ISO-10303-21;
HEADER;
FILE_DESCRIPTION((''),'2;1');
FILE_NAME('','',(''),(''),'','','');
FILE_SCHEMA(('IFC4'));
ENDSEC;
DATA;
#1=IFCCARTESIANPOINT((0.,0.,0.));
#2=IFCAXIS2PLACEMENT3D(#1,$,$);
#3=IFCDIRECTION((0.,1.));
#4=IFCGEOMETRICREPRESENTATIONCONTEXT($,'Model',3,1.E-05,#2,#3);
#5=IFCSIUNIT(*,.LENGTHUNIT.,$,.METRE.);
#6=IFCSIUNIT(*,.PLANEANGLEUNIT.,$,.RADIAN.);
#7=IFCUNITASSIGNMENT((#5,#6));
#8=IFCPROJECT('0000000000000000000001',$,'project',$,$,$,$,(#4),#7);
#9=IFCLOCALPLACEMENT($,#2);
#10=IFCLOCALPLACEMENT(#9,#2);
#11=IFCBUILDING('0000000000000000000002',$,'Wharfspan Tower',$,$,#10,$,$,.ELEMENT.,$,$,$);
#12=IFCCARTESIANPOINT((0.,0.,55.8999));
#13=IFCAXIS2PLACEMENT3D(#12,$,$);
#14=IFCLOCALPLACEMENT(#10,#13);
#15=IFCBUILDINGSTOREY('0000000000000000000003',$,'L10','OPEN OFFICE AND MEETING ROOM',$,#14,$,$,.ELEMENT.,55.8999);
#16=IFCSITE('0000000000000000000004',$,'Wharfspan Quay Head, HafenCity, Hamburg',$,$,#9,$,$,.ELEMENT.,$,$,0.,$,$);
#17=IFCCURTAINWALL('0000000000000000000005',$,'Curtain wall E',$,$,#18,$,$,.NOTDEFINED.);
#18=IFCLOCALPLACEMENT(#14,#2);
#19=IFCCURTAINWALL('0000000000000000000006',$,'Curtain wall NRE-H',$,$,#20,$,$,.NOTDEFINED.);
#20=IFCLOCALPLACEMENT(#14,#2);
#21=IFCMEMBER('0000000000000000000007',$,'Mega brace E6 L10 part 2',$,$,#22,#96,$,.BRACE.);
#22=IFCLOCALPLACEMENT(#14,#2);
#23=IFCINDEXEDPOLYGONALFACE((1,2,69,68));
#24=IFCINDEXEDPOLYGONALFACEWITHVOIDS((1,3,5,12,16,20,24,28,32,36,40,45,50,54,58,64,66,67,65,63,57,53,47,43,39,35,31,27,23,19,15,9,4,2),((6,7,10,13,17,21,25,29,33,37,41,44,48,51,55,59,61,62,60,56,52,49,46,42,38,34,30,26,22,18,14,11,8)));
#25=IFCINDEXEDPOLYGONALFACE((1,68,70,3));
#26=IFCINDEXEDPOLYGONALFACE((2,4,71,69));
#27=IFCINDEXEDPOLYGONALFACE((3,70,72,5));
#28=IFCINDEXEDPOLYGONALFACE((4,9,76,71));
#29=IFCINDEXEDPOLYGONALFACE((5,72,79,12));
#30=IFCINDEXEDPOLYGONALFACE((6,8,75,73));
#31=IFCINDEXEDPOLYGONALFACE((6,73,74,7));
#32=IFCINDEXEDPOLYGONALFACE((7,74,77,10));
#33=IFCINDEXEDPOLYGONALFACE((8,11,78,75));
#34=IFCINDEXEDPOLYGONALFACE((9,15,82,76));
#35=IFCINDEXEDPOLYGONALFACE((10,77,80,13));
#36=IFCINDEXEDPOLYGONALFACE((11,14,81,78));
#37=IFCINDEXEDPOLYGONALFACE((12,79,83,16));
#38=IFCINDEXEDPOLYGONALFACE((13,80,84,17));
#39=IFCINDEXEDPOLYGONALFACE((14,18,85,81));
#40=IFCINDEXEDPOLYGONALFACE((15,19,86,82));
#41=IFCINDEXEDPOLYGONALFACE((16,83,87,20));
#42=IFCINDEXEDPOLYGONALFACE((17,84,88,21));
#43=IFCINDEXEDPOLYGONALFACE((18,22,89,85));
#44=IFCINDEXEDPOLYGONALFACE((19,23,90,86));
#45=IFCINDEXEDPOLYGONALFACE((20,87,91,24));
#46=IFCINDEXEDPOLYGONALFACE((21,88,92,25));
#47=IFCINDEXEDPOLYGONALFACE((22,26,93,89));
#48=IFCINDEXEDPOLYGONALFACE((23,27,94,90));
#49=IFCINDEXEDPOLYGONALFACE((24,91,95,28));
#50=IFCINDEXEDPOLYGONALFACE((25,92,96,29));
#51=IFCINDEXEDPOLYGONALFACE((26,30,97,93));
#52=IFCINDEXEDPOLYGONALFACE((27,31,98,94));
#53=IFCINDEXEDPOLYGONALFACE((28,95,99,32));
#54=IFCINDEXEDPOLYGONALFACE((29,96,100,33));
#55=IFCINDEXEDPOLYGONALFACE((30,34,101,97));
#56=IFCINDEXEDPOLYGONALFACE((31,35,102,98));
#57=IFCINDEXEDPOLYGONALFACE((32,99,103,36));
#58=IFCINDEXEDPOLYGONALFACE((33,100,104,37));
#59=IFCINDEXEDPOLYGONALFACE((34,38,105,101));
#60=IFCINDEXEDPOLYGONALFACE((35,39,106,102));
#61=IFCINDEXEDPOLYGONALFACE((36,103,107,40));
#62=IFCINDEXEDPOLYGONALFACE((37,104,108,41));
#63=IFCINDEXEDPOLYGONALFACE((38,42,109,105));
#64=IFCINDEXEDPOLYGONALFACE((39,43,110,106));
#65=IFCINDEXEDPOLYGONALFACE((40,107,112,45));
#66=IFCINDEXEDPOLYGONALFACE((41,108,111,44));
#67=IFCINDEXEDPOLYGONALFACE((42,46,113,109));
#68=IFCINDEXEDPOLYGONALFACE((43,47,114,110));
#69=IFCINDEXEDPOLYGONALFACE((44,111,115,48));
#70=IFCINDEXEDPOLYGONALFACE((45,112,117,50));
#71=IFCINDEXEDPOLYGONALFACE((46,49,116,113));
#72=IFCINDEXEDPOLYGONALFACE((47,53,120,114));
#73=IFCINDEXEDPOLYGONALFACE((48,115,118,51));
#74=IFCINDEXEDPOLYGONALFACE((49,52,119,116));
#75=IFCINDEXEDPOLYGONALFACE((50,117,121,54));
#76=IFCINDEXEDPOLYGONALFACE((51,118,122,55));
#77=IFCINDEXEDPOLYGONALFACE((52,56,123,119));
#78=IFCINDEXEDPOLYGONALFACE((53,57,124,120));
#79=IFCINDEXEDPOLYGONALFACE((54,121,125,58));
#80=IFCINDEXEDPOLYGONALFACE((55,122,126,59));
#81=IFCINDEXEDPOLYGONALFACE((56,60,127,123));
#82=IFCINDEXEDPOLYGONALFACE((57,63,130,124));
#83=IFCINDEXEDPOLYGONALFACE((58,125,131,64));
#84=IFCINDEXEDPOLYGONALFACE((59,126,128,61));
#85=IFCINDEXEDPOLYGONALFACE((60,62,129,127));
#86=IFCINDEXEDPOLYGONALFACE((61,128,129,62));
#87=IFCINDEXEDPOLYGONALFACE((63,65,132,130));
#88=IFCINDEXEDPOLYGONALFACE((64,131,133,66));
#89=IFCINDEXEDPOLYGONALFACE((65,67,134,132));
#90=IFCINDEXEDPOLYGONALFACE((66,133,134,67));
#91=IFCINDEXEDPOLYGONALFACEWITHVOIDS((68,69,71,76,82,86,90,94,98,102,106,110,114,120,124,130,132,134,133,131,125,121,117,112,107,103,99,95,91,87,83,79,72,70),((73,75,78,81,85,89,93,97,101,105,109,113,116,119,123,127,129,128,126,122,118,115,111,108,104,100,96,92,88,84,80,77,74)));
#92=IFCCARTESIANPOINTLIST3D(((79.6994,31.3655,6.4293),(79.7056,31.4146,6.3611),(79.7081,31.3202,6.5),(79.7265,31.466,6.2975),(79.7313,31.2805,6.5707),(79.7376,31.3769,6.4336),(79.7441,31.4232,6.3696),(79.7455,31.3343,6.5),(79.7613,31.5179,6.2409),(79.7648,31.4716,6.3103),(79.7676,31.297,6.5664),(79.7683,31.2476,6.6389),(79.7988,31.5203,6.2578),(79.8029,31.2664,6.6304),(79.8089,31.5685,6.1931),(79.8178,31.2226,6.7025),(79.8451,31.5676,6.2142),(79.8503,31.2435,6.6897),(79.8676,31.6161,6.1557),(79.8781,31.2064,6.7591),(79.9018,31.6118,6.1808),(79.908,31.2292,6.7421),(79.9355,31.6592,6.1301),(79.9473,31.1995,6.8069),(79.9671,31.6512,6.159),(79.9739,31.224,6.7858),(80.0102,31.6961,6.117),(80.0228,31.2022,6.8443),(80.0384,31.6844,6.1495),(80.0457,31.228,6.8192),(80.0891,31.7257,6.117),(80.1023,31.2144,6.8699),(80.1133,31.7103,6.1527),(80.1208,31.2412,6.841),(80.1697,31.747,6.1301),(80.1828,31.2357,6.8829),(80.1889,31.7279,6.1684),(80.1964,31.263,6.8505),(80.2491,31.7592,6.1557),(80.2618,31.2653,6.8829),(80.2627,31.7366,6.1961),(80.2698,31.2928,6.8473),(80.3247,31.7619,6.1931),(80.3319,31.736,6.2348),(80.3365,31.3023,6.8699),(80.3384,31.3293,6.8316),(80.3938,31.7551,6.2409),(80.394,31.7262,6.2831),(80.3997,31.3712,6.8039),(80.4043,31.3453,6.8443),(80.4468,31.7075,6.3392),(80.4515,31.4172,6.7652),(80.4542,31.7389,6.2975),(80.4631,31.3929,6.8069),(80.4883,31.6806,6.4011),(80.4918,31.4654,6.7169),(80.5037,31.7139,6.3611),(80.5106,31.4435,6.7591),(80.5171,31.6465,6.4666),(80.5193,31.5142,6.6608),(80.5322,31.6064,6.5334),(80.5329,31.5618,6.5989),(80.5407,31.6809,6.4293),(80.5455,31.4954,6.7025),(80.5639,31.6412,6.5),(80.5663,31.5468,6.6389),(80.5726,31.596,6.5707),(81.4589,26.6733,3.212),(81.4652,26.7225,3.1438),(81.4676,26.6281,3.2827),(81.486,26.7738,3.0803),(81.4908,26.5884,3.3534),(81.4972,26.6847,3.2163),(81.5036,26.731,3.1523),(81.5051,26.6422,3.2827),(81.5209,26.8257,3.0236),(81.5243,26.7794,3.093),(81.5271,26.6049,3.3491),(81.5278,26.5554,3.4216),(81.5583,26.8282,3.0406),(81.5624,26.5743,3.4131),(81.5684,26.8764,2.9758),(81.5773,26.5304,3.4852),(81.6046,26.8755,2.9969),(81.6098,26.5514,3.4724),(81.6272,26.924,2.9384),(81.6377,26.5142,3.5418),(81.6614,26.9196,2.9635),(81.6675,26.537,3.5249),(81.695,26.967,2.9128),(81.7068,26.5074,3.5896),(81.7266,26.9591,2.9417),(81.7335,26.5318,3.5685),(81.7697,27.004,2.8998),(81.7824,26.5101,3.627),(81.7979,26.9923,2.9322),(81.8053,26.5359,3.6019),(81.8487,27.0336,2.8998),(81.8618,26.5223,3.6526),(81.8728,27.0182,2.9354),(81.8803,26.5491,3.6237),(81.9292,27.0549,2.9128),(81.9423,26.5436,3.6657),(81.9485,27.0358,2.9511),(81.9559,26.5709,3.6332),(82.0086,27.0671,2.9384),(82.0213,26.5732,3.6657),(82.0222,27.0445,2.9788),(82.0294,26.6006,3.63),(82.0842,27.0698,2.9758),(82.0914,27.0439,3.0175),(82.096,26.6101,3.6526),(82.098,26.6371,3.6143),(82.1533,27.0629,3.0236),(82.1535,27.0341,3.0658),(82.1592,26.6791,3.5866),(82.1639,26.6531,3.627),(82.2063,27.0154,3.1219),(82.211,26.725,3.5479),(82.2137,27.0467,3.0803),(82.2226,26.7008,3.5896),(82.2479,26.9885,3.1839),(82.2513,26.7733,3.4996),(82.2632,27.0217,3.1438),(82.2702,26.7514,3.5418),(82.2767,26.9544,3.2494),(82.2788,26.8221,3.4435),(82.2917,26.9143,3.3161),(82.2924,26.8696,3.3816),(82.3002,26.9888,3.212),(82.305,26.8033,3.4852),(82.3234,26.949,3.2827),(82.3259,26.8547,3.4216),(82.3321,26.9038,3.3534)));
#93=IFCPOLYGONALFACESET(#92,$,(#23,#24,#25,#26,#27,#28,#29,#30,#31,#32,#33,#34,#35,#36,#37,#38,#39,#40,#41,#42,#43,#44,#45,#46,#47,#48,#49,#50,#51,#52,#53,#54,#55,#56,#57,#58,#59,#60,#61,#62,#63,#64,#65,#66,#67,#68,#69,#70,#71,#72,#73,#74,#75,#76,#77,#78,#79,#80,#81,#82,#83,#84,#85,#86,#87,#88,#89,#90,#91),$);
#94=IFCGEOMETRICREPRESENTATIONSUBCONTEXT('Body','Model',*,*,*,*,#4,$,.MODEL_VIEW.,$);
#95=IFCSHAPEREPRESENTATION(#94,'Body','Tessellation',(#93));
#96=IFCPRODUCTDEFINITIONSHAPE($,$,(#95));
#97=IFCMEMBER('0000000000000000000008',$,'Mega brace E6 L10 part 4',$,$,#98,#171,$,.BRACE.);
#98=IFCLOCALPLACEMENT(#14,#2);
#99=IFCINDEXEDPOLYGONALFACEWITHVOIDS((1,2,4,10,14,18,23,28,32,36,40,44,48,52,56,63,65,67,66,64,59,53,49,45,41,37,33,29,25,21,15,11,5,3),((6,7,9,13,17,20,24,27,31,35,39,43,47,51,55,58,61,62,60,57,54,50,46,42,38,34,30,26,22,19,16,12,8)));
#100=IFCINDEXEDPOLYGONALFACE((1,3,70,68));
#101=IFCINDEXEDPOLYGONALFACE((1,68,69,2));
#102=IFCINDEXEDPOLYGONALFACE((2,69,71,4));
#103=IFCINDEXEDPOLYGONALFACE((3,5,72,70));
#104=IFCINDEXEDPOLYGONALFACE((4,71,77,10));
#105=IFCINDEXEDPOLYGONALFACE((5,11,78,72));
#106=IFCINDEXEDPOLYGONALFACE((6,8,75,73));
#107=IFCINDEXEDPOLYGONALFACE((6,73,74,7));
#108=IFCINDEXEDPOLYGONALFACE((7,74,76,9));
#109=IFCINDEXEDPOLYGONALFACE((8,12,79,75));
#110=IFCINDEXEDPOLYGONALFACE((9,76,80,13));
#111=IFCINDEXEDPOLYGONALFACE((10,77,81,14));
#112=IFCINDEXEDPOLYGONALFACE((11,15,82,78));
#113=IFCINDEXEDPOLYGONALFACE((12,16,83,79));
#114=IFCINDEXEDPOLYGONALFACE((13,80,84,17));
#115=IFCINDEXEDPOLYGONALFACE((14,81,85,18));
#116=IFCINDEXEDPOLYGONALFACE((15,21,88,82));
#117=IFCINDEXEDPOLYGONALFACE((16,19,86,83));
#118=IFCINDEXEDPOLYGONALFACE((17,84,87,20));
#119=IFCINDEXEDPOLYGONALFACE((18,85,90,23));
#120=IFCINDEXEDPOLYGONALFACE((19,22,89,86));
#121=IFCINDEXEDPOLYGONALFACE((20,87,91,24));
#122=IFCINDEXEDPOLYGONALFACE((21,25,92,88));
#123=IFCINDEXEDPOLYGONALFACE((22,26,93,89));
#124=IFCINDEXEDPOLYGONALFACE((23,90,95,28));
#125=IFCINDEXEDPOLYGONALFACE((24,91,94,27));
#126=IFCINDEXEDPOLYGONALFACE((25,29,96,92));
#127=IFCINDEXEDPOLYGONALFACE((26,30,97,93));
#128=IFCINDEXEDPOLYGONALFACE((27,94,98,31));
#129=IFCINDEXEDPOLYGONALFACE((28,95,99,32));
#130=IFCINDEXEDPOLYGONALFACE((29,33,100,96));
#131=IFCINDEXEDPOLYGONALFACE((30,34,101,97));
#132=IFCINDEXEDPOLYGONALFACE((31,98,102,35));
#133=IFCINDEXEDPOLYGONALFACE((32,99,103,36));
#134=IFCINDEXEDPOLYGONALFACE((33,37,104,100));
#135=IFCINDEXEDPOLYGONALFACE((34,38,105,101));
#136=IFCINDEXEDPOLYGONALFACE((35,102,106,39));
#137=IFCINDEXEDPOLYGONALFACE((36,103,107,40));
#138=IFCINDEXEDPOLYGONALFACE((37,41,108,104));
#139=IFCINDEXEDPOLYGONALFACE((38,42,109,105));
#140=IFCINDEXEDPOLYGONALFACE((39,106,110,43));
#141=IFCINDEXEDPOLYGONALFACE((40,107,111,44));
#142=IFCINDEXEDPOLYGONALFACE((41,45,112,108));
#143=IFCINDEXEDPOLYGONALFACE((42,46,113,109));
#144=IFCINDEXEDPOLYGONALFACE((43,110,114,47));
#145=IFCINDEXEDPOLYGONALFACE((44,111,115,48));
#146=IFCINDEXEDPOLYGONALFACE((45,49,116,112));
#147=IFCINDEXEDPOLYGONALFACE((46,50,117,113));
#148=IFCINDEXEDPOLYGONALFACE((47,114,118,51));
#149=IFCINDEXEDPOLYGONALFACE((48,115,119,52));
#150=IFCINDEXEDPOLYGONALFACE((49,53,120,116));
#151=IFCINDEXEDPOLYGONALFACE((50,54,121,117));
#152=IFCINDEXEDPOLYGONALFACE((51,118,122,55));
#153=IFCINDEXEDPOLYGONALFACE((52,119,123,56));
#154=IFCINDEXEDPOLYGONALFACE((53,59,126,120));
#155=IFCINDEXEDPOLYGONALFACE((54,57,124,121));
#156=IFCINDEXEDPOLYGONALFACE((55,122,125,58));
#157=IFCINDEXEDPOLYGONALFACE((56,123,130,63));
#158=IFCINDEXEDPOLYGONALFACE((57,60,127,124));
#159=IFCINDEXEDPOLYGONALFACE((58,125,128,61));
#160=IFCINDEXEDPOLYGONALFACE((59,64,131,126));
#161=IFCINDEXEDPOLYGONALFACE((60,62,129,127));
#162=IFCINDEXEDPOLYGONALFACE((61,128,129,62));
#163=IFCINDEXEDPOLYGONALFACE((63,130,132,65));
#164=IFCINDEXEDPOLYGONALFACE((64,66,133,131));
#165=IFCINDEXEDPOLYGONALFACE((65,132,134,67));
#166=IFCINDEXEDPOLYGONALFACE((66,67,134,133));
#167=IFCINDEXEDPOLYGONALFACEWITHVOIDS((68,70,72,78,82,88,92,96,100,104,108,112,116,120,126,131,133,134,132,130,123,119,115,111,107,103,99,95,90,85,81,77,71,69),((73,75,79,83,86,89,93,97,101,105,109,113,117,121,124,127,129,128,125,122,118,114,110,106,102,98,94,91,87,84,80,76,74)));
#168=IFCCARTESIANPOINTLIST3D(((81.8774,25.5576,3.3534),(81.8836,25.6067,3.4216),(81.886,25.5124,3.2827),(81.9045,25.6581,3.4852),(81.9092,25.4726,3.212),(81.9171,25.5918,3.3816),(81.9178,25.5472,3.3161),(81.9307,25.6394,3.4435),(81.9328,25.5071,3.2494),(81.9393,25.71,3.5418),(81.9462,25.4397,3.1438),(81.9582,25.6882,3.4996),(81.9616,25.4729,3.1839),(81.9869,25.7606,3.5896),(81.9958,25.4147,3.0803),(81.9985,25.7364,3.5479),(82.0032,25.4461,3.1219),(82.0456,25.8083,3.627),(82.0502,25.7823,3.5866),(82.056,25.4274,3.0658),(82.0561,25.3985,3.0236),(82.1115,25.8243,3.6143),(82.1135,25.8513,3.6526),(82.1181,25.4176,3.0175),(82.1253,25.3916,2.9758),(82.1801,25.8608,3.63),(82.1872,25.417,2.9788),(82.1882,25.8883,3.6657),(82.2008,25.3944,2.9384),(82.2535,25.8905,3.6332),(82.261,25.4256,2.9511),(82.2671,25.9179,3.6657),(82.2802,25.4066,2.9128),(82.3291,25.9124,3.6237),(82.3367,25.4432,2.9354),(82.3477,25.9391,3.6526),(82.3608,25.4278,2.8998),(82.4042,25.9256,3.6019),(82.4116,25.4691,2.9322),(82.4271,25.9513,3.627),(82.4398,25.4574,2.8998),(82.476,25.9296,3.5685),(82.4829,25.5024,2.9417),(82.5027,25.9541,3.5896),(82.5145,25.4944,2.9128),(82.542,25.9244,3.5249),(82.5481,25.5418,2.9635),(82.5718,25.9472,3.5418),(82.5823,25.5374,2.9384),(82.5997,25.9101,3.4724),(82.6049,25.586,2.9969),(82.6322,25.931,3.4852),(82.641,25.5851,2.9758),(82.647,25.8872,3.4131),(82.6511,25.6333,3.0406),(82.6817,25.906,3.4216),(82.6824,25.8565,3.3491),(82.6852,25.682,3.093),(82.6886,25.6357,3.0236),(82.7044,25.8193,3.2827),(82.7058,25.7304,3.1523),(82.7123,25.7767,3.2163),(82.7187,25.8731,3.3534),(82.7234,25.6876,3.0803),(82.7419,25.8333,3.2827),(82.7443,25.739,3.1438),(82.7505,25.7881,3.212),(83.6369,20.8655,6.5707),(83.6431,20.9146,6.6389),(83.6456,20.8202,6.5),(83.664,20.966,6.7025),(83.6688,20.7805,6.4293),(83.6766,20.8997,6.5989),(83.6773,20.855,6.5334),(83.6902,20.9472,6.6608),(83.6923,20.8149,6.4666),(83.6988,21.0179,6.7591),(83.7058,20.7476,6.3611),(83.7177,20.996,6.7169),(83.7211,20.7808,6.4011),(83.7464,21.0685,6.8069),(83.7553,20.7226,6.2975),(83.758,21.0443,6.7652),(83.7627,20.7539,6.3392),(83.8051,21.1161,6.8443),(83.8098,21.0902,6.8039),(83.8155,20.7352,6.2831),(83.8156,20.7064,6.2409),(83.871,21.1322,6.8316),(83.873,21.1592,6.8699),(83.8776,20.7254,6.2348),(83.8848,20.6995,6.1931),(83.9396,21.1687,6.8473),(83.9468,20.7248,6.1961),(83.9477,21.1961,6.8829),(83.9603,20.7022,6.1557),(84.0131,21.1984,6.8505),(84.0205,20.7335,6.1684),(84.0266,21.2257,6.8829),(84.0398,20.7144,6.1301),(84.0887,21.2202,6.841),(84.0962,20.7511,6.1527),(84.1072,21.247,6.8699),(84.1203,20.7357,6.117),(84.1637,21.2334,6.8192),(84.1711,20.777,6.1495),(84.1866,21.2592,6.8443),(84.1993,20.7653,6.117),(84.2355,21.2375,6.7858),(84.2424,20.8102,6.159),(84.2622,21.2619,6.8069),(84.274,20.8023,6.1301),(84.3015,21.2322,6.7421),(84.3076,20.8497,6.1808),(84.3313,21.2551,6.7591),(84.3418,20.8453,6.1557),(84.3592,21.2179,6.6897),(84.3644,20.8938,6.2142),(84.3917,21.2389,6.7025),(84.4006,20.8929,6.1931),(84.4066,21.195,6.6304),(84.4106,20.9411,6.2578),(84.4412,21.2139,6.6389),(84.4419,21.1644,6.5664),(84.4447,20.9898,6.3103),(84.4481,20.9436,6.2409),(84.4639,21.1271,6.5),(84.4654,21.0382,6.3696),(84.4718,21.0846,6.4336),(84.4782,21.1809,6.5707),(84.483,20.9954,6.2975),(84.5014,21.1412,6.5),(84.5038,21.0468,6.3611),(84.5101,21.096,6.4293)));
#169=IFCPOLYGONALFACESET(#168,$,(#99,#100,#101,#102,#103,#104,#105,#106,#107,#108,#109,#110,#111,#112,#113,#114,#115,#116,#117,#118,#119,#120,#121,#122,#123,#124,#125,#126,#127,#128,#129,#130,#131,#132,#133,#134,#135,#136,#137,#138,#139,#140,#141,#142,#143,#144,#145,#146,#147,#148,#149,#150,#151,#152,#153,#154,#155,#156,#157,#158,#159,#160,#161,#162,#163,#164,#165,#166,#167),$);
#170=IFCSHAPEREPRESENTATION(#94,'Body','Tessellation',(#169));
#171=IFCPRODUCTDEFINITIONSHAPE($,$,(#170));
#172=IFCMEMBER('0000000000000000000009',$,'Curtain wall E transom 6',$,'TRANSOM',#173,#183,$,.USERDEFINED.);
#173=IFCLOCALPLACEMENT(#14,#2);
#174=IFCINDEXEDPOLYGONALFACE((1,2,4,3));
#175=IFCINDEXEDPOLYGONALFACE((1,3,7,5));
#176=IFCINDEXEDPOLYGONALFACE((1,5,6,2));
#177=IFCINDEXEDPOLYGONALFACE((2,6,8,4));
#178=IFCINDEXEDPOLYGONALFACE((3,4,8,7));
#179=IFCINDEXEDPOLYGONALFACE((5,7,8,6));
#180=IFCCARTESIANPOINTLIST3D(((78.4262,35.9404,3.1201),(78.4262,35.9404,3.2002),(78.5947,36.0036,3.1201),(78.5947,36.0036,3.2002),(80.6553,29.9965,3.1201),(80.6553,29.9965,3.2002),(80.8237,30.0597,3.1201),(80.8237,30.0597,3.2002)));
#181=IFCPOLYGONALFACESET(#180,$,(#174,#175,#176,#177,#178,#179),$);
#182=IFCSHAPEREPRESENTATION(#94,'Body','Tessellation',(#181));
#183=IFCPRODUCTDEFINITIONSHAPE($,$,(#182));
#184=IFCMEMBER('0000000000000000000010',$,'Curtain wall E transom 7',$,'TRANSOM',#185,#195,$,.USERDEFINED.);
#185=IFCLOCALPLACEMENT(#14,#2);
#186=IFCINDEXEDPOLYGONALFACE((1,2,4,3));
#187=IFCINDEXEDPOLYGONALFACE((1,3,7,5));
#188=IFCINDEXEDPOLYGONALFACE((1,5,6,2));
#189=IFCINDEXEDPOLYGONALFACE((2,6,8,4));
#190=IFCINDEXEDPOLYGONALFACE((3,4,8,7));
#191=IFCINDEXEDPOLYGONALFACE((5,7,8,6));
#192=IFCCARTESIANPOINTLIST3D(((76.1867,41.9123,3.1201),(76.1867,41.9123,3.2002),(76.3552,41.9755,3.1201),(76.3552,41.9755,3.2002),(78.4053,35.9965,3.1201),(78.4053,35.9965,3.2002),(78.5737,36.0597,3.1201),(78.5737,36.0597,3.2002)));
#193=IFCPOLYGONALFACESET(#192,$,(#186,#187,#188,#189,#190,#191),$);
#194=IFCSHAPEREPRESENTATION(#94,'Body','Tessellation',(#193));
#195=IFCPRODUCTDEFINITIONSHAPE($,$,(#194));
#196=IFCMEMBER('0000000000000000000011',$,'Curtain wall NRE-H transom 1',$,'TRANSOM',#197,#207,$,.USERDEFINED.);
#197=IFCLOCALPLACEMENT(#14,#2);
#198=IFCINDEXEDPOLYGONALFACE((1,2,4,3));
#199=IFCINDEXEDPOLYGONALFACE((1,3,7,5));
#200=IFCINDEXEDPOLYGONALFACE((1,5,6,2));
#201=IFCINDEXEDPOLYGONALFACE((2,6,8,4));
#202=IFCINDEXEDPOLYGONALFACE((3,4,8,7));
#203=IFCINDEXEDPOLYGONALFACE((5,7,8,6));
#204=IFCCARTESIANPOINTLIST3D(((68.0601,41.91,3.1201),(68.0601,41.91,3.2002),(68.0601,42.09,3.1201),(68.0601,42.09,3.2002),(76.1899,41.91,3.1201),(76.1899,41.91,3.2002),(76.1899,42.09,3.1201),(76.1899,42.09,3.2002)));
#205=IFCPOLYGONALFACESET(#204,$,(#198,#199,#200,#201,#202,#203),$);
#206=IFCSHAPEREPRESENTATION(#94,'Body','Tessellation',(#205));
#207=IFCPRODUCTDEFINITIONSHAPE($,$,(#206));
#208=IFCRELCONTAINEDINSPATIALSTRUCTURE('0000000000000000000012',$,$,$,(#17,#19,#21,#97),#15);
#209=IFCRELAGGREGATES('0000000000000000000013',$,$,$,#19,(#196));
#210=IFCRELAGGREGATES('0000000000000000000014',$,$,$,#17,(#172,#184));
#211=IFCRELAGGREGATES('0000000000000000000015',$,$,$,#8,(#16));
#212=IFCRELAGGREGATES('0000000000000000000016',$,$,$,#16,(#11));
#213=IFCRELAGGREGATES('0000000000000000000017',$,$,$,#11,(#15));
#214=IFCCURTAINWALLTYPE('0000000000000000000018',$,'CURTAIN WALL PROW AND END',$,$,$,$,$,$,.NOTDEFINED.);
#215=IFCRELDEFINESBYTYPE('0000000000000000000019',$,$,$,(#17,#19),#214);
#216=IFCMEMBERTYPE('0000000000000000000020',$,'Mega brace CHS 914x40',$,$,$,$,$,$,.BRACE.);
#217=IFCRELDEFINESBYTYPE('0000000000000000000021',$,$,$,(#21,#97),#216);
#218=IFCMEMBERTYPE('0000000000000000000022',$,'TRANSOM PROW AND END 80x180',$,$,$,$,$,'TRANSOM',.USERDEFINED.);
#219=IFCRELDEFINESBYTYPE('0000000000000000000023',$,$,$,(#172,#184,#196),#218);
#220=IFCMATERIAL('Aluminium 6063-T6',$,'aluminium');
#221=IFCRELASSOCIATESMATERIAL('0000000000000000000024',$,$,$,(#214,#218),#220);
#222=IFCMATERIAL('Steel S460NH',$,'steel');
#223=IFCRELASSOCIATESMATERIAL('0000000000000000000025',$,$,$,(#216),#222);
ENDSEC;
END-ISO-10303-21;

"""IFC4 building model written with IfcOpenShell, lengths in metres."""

from ifc_helpers import new_model, si_unit, direction, frame, origin, origin_2d, place, context, subcontext, project, spatial, rectangle, hollow_circle, extrude, material, material_profile, profile_set, type_object, element, aggregate, save


model = new_model("IFC4")

# Units and contexts
model_context = context("Model", 3, precision=1e-05, world=origin(), true_north=direction((0.0, 1.0)))
body_context = subcontext(model_context, "Body", "Model", "MODEL_VIEW")
ifc_project = project(units=[si_unit("LENGTHUNIT", "METRE"), si_unit("PLANEANGLEUNIT", "RADIAN")], contexts=[model_context])

# Site, building, storey
site_placement = place(None, origin())
site = spatial("IfcSite", under=ifc_project, at=site_placement, Name="Wharfspan Quay Head, HafenCity, Hamburg", CompositionType="ELEMENT", RefElevation=0.0)
building_placement = place(site_placement, origin())
building = spatial("IfcBuilding", under=site, at=building_placement, Name="Wharfspan Tower", CompositionType="ELEMENT")
storey_placement = place(building_placement, frame((0.0, 0.0, 55.8999)))
storey = spatial("IfcBuildingStorey", under=building, at=storey_placement, Name="L10", Description="OPEN OFFICE AND MEETING ROOM", CompositionType="ELEMENT", Elevation=55.8999)

# Curtain wall
ifc_material_1 = material(Name="Aluminium 6063-T6", Category="aluminium")
curtain_wall_type = type_object("IfcCurtainWallType", Name="CURTAIN WALL PROW AND END", PredefinedType="NOTDEFINED", material=ifc_material_1)
curtain_wall_1_placement = place(storey_placement, origin())
curtain_wall_1 = element("IfcCurtainWall", 1, at=curtain_wall_1_placement, inside=storey, type_object=curtain_wall_type, Name="Curtain wall E", PredefinedType="NOTDEFINED")

# Curtain wall
curtain_wall_2_placement = place(storey_placement, origin())
curtain_wall_2 = element("IfcCurtainWall", 2, at=curtain_wall_2_placement, inside=storey, type_object=curtain_wall_type, Name="Curtain wall NRE-H", PredefinedType="NOTDEFINED")

# Members
ifc_material_2 = material(Name="Steel S460NH", Category="steel")
ifc_material_profile_1 = material_profile(ifc_material_2, hollow_circle(Radius=0.457, WallThickness=0.04, at=origin_2d()))
ifc_profile_set_1 = profile_set([ifc_material_profile_1], Name="Steel S460NH")
member_type_1 = type_object("IfcMemberType", Name="Mega brace CHS 914x40", PredefinedType="BRACE", material=ifc_profile_set_1)
for number, where, z_axis, x_axis, name in (
    (3, (81.8955, 26.7886, 3.2827), (-0.295466, 0.787922, 0.540259), (-0.936329, -0.351115, -0.000004), "Mega brace E6 L10 part 2"),
    (4, (82.314, 25.6729, 3.2827), (0.295466, -0.787922, 0.540259), (0.936329, 0.351115, -0.000004), "Mega brace E6 L10 part 4"),
):
    element("IfcMember", number, at=place(storey_placement, frame(where, z_axis=z_axis, x_axis=x_axis)), inside=storey, type_object=member_type_1, Name=name, PredefinedType="BRACE", context=body_context, shape_type="SweptSolid", body=[
        extrude(hollow_circle(Radius=0.457, WallThickness=0.04, at=origin_2d()), origin(), (0.0, 0.0, 1.0), 5.9551),
    ])

# Members
ifc_material_profile_2 = material_profile(ifc_material_1, rectangle(XDim=0.1799, YDim=0.0801, at=origin_2d()))
ifc_profile_set_2 = profile_set([ifc_material_profile_2], Name="Aluminium 6063-T6")
member_type_2 = type_object("IfcMemberType", Name="TRANSOM PROW AND END 80x180", ElementType="TRANSOM", PredefinedType="USERDEFINED", material=ifc_profile_set_2)
member_1_placement = place(storey_placement, frame((80.7395, 30.0281, 3.1602), z_axis=(-0.351132, 0.936326, 0.0), x_axis=(-0.936326, -0.351132, 0.0)))
member_1 = element("IfcMember", 5, at=member_1_placement, type_object=member_type_2, Name="Curtain wall E transom 6", ObjectType="TRANSOM", PredefinedType="USERDEFINED", context=body_context, shape_type="SweptSolid", body=[
    extrude(rectangle(XDim=0.1799, YDim=0.0801, at=origin_2d()), origin(), (0.0, 0.0, 1.0), 6.3481),
])
member_2_placement = place(storey_placement, frame((78.4895, 36.0281, 3.1602), z_axis=(-0.351136, 0.936324, 0.0), x_axis=(-0.936324, -0.351136, 0.0)))
member_2 = element("IfcMember", 6, at=member_2_placement, type_object=member_type_2, Name="Curtain wall E transom 7", ObjectType="TRANSOM", PredefinedType="USERDEFINED", context=body_context, shape_type="SweptSolid", body=[
    extrude(rectangle(XDim=0.1799, YDim=0.0801, at=origin_2d()), origin(), (0.0, 0.0, 1.0), 6.3181),
])
member_3_placement = place(storey_placement, frame((76.1899, 42.0, 3.1602), z_axis=(-1.0, 0.0, 0.0), x_axis=(0.0, -1.0, 0.0)))
member_3 = element("IfcMember", 7, at=member_3_placement, type_object=member_type_2, Name="Curtain wall NRE-H transom 1", ObjectType="TRANSOM", PredefinedType="USERDEFINED", context=body_context, shape_type="SweptSolid", body=[
    extrude(rectangle(XDim=0.1799, YDim=0.0801, at=origin_2d()), origin(), (0.0, 0.0, 1.0), 8.1299),
])

aggregate(curtain_wall_2, [member_3])
aggregate(curtain_wall_1, [member_1, member_2])

save(model, "model.ifc")
